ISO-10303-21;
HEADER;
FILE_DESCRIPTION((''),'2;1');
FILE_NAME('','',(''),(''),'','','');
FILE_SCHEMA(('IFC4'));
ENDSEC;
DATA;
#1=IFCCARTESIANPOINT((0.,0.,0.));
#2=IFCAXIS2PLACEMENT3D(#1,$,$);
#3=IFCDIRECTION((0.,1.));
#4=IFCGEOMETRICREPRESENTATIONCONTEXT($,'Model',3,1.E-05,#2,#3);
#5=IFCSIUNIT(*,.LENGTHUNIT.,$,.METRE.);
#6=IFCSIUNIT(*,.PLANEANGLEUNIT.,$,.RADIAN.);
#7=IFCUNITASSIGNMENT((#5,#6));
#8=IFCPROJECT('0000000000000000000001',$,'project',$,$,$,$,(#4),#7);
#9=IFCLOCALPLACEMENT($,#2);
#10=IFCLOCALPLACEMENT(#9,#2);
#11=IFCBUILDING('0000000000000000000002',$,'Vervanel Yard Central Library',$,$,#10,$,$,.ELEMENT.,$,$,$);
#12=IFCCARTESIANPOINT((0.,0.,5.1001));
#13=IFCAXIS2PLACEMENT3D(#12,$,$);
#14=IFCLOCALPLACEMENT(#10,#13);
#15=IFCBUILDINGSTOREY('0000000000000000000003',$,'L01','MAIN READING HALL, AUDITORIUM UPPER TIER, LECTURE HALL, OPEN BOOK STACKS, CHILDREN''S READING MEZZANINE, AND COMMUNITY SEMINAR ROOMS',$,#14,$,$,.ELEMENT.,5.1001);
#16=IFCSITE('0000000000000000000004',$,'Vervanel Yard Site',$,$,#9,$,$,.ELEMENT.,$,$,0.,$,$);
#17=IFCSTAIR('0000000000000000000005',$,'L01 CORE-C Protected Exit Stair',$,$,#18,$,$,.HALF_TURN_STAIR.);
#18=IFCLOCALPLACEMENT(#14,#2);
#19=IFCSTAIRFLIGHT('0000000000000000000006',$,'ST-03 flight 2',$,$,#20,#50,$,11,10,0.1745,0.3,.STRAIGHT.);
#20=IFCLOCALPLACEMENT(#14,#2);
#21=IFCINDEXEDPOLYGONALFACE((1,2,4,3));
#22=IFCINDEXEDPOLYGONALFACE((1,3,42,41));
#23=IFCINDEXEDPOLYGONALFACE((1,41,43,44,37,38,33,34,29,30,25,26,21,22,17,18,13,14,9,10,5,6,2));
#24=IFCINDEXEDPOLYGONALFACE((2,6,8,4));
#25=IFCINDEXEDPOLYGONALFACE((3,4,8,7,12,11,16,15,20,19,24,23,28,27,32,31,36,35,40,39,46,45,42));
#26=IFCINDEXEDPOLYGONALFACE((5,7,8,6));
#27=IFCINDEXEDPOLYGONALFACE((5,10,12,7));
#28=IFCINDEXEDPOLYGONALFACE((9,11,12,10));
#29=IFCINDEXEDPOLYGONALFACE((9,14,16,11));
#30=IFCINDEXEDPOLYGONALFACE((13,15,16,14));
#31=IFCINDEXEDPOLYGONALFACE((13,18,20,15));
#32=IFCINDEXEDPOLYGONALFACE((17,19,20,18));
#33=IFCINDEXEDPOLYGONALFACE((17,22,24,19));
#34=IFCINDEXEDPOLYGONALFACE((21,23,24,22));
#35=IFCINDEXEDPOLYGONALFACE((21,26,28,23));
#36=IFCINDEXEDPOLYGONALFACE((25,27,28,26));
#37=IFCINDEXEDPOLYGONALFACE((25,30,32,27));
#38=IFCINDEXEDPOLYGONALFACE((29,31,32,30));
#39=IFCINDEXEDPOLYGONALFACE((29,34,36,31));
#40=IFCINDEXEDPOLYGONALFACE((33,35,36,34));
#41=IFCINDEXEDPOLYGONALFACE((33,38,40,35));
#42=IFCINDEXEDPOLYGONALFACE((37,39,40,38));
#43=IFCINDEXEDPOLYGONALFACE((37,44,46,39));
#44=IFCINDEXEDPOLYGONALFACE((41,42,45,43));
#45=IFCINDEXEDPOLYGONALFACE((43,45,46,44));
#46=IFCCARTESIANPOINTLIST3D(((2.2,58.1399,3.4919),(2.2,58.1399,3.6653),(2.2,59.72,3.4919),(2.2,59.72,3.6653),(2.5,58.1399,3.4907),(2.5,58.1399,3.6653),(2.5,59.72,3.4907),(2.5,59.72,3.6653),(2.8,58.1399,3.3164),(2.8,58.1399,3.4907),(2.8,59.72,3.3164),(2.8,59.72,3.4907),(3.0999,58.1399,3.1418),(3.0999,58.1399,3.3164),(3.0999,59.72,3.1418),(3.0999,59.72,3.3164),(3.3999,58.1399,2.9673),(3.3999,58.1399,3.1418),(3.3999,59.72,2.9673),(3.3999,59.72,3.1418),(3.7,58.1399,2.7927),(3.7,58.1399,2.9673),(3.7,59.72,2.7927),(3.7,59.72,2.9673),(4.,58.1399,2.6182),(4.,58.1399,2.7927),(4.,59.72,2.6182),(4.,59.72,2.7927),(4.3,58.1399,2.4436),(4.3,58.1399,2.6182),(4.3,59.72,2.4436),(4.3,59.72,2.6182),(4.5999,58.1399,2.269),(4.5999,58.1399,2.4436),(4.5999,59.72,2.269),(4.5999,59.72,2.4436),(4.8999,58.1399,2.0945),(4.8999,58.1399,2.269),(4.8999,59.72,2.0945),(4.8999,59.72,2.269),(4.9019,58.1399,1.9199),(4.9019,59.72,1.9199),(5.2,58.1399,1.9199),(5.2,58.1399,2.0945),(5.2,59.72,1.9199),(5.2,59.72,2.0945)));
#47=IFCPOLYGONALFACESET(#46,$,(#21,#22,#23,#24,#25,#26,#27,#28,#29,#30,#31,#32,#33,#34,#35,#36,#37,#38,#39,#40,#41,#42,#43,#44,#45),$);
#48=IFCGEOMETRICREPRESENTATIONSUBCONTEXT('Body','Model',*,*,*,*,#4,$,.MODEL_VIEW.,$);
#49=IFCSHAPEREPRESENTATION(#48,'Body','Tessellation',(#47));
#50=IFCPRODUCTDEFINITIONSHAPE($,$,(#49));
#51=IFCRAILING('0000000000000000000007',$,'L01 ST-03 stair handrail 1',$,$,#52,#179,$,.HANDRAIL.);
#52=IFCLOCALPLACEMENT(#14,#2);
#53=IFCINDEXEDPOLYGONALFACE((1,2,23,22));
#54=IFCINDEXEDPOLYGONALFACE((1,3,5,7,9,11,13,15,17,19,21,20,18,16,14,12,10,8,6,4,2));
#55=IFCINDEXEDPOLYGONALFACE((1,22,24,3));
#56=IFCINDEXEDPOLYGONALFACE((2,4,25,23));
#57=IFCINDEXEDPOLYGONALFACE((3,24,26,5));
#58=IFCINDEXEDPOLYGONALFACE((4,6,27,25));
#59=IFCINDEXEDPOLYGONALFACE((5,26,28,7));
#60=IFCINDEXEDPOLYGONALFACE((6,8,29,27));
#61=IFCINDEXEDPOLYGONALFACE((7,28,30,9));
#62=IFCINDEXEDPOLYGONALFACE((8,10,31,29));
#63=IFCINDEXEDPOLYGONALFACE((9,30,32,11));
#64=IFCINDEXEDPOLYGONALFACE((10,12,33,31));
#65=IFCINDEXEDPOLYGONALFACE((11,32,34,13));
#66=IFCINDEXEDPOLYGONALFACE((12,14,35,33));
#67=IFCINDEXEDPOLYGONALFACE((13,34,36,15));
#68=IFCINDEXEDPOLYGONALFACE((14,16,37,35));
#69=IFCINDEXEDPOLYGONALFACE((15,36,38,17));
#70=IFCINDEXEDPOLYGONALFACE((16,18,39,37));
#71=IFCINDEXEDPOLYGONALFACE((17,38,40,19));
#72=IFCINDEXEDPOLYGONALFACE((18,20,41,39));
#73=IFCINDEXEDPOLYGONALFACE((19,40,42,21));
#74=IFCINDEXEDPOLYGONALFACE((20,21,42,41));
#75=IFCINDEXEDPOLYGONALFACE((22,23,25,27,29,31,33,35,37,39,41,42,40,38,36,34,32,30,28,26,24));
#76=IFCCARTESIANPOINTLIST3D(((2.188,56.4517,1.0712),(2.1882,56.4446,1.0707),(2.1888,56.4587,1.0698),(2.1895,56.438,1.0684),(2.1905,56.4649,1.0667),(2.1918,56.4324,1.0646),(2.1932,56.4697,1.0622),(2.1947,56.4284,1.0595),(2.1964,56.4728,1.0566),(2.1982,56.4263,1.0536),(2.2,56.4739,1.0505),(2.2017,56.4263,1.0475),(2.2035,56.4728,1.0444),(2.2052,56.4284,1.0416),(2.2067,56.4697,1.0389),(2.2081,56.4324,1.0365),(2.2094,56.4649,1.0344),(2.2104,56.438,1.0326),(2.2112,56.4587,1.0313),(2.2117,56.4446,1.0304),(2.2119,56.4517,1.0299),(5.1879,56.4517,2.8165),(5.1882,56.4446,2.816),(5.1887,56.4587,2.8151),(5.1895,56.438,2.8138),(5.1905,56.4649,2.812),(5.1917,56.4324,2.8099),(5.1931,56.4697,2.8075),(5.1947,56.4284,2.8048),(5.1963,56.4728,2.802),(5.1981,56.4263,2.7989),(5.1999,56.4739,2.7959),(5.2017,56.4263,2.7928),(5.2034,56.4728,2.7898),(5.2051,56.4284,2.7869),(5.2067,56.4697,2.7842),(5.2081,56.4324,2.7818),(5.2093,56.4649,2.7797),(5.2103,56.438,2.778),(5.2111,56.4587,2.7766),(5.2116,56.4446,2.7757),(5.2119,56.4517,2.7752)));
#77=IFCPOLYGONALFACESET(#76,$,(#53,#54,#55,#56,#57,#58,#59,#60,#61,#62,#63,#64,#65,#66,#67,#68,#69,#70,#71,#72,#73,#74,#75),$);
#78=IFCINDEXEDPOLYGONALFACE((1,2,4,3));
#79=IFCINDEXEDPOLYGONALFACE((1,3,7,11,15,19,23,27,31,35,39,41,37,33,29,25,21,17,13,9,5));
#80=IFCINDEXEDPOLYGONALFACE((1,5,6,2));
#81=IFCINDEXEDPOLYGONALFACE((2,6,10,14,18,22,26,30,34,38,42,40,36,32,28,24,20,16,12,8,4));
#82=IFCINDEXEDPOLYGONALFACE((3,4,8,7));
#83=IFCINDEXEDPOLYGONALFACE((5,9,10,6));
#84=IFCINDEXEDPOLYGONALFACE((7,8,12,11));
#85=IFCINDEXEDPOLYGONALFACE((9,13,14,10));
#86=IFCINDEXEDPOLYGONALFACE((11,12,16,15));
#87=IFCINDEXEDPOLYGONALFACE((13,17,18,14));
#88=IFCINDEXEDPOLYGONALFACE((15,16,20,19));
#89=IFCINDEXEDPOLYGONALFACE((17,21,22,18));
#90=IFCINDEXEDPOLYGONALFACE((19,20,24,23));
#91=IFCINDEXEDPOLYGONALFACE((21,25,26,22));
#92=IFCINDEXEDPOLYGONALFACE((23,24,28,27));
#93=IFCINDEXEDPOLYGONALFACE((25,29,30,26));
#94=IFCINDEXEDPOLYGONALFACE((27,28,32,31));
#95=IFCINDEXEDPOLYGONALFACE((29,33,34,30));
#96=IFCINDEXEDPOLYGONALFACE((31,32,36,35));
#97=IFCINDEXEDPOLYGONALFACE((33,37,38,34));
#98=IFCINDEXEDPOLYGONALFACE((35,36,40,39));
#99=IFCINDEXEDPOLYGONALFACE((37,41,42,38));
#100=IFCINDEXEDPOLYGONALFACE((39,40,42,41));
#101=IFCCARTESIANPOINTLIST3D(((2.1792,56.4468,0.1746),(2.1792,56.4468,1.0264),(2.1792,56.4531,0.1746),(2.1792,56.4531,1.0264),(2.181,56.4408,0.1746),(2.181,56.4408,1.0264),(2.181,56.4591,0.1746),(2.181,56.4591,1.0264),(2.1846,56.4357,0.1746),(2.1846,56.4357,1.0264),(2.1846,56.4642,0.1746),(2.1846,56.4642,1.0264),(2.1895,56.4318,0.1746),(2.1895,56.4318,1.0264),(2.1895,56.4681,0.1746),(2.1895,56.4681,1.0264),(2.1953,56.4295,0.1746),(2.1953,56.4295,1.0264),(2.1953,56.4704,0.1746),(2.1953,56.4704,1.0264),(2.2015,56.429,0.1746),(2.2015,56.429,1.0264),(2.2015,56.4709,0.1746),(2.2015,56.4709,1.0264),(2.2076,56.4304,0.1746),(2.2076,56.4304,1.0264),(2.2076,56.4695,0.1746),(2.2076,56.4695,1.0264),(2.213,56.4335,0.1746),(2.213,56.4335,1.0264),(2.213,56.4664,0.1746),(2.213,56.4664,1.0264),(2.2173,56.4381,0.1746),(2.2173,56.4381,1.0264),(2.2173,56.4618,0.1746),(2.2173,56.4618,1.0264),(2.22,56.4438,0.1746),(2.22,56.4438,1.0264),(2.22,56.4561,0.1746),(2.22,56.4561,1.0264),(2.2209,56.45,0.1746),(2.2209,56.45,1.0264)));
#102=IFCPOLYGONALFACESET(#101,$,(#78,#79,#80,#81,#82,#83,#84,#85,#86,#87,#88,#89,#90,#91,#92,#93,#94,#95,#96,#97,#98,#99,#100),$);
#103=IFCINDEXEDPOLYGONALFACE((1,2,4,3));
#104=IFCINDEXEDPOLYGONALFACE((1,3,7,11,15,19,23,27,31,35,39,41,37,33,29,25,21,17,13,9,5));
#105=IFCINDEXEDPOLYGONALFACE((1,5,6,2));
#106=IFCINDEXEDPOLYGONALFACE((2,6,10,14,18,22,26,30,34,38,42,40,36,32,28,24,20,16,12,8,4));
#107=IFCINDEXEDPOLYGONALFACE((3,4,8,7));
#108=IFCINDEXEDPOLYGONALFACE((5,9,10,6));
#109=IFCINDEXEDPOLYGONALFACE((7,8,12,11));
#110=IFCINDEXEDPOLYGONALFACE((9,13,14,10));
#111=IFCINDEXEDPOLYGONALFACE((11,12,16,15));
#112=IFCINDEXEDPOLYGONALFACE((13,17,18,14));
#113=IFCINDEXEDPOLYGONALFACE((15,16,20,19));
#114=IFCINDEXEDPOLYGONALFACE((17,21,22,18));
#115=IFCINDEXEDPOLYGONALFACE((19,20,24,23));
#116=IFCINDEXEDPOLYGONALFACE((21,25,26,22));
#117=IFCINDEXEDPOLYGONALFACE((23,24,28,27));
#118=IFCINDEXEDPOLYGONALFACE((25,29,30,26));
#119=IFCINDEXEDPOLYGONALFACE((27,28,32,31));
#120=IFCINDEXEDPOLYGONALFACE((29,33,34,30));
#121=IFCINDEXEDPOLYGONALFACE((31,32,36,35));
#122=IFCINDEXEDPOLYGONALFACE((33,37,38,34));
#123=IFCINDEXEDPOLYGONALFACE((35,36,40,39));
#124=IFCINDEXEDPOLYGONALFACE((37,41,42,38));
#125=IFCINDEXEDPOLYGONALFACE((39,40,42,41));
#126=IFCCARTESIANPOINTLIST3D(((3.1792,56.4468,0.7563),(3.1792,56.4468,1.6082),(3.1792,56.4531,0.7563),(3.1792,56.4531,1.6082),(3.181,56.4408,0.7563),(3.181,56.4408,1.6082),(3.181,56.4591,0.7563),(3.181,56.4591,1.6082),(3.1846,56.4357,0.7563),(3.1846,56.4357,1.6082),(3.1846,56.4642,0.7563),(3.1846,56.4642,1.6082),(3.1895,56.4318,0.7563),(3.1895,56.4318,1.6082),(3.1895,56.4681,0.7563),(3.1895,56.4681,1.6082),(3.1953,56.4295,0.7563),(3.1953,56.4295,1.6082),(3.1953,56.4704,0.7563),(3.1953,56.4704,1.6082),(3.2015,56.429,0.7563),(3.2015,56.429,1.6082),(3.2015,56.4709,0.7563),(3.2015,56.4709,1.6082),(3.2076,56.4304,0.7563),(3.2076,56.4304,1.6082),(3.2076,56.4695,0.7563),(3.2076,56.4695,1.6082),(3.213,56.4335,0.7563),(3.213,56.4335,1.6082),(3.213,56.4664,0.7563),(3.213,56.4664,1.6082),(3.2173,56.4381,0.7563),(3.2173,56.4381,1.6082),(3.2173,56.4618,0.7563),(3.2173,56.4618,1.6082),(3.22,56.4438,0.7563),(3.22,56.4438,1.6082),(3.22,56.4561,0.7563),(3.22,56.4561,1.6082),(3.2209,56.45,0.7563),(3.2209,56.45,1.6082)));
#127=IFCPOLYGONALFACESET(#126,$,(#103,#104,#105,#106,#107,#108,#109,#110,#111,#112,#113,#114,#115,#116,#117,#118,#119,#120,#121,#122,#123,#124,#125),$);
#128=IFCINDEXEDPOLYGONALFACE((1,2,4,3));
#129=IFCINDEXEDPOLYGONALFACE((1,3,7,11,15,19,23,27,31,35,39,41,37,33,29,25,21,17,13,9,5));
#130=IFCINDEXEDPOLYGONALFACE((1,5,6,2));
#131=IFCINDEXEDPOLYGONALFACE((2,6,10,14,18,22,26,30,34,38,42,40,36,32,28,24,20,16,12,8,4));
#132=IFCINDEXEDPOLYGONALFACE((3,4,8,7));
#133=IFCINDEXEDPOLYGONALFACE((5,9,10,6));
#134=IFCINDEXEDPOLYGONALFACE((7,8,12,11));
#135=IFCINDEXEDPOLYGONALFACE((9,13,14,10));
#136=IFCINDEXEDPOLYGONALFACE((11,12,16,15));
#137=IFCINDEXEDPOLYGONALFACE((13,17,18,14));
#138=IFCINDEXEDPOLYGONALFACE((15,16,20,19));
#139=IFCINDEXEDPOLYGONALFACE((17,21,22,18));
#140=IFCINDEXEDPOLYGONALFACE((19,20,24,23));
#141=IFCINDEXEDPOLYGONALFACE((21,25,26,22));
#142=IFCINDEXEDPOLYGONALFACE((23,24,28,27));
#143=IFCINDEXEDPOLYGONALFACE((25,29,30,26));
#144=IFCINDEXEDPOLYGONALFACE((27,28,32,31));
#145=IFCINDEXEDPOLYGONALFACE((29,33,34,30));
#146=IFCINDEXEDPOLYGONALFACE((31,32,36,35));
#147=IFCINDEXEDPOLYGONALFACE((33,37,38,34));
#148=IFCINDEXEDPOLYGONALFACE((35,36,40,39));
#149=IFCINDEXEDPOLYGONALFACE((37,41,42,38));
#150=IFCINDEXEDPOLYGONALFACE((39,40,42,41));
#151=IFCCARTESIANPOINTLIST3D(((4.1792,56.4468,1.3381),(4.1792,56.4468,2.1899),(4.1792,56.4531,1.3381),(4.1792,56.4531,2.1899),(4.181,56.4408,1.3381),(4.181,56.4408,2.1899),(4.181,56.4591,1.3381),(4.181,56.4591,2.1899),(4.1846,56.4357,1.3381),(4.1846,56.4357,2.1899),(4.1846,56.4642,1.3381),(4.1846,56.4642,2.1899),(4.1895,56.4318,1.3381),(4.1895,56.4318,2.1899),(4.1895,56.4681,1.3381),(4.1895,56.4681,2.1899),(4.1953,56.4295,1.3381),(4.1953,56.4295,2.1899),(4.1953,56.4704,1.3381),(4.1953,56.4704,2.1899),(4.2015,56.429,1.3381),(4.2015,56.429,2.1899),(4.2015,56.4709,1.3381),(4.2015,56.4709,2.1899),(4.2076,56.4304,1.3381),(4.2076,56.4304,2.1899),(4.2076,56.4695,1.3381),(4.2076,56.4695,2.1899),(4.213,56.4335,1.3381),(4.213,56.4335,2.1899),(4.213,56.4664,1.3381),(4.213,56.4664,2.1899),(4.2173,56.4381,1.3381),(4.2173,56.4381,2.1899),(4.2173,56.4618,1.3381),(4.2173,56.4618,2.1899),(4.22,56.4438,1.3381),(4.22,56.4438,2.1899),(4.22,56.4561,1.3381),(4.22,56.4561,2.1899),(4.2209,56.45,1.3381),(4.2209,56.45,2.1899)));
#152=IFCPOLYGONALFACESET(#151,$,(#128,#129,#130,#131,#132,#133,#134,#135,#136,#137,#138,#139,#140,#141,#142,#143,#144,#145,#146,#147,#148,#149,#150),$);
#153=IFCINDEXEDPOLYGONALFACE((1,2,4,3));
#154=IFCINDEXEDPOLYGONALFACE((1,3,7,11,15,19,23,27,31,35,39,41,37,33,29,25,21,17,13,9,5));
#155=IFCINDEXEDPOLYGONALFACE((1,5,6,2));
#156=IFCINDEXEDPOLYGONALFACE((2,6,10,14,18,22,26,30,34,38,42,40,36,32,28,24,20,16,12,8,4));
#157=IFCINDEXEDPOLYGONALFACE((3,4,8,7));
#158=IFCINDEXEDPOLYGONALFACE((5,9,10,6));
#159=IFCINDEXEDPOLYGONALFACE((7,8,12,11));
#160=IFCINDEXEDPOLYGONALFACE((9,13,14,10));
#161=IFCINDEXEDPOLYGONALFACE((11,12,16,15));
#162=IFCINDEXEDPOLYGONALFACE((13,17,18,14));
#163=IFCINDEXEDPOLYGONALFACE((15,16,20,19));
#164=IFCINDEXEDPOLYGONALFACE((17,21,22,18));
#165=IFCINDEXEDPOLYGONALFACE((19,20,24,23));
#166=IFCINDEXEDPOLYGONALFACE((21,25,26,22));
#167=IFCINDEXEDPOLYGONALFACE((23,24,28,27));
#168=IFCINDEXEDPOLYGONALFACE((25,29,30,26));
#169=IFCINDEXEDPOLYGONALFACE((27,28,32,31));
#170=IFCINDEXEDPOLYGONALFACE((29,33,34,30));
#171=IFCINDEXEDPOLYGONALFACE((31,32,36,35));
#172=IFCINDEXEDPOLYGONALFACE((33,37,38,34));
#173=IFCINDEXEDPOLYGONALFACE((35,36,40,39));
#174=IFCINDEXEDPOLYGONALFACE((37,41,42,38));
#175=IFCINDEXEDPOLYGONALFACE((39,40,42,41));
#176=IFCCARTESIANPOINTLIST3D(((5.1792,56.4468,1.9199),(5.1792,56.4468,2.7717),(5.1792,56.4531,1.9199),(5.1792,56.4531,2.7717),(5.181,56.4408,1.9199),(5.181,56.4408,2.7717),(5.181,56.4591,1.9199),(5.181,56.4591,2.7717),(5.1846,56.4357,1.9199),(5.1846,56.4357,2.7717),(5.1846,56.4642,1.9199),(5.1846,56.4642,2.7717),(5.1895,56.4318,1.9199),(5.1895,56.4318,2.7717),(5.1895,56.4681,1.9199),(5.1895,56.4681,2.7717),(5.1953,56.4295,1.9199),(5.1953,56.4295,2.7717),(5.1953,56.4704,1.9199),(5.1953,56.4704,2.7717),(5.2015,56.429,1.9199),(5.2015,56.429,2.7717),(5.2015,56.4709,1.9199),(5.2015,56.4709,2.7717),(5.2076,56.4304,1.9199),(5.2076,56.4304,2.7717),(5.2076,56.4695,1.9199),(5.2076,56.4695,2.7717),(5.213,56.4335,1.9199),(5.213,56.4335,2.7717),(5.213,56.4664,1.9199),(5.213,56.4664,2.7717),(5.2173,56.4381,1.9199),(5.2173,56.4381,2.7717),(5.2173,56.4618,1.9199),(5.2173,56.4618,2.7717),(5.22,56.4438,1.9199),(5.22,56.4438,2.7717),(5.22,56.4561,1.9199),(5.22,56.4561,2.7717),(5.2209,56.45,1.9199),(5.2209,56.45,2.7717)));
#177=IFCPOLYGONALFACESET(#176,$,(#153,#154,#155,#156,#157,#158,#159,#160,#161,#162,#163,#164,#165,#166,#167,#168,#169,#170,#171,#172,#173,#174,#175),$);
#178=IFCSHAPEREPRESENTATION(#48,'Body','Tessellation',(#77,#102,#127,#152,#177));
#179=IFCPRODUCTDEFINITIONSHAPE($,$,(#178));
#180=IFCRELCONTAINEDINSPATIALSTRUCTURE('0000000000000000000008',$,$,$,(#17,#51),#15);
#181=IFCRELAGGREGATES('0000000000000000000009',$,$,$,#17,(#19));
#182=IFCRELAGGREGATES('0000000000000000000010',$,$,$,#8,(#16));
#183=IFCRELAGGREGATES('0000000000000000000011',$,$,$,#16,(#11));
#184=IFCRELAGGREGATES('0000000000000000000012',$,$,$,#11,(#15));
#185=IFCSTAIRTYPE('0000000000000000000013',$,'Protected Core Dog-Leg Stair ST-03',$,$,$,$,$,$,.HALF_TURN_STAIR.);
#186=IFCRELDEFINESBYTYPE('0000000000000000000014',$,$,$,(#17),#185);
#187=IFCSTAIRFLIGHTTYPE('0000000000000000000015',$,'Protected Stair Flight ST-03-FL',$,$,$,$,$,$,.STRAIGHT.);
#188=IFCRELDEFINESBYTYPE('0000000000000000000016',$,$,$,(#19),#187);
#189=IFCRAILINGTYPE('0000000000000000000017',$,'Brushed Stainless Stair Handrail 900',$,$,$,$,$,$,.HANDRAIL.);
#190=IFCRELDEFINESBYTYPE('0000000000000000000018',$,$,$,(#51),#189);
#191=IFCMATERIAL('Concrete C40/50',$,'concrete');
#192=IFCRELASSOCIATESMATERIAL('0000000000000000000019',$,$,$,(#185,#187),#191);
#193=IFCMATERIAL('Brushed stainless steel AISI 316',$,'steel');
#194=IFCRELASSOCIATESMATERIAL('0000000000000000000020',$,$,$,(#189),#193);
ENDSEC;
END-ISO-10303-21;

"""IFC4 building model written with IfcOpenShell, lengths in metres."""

from ifc_helpers import new_model, si_unit, direction, frame, origin, origin_2d, place, context, subcontext, project, spatial, polyline, circle, outline, extrude, material, type_object, element, aggregate, save


model = new_model("IFC4")

# Units and contexts
model_context = context("Model", 3, precision=1e-05, world=origin(), true_north=direction((0.0, 1.0)))
body_context = subcontext(model_context, "Body", "Model", "MODEL_VIEW")
ifc_project = project(units=[si_unit("LENGTHUNIT", "METRE"), si_unit("PLANEANGLEUNIT", "RADIAN")], contexts=[model_context])

# Site, building, storey
site_placement = place(None, origin())
site = spatial("IfcSite", under=ifc_project, at=site_placement, Name="Vervanel Yard Site", CompositionType="ELEMENT", RefElevation=0.0)
building_placement = place(site_placement, origin())
building = spatial("IfcBuilding", under=site, at=building_placement, Name="Vervanel Yard Central Library", CompositionType="ELEMENT")
storey_placement = place(building_placement, frame((0.0, 0.0, 5.1001)))
storey = spatial("IfcBuildingStorey", under=building, at=storey_placement, Name="L01", Description="MAIN READING HALL, AUDITORIUM UPPER TIER, LECTURE HALL, OPEN BOOK STACKS, CHILDREN'S READING MEZZANINE, AND COMMUNITY SEMINAR ROOMS", CompositionType="ELEMENT", Elevation=5.1001)

# Shared definitions
ifc_material_1 = material(Name="Concrete C40/50", Category="concrete")

# Stair, stair flight
stair_type = type_object("IfcStairType", Name="Protected Core Dog-Leg Stair ST-03", PredefinedType="HALF_TURN_STAIR", material=ifc_material_1)
stair_placement = place(storey_placement, origin())
stair = element("IfcStair", 1, at=stair_placement, inside=storey, type_object=stair_type, Name="L01 CORE-C Protected Exit Stair", PredefinedType="HALF_TURN_STAIR")
stair_flight_type = type_object("IfcStairFlightType", Name="Protected Stair Flight ST-03-FL", PredefinedType="STRAIGHT", material=ifc_material_1)
stair_flight_1_placement = place(storey_placement, frame((5.2, 58.9299, 1.9199), z_axis=(0.0, 0.0, 1.0), x_axis=(-1.0, 0.0, 0.0)))
stair_flight_1 = element("IfcStairFlight", 2, at=stair_flight_1_placement, type_object=stair_flight_type, Name="ST-03 flight 2", NumberOfRisers=11, NumberOfTreads=10, PredefinedType="STRAIGHT", RiserHeight=0.1745, TreadLength=0.3, context=body_context, shape_type="SweptSolid", body=[
    extrude(outline(polyline([(0.0, 0.0), (0.0, 0.1746), (0.3, 0.1746), (0.3, 0.3491), (0.6001, 0.3491), (0.6001, 0.5237), (0.8999, 0.5237), (0.8999, 0.6982), (1.2, 0.6982), (1.2, 0.8728), (1.5, 0.8728), (1.5, 1.0474), (1.8, 1.0474), (1.8, 1.2219), (2.1001, 1.2219), (2.1001, 1.3965), (2.3999, 1.3965), (2.3999, 1.5708), (2.7, 1.5708), (2.7, 1.7454), (3.0, 1.7454), (3.0, 1.9199), (3.0, 1.572), (0.2981, 0.0), (0.0, 0.0)])), frame((0.0, 0.79, 0.0), z_axis=(0.0, -1.0, 0.0), x_axis=(1.0, 0.0, 0.0)), (0.0, 0.0, 1.0), 1.5801),
])
aggregate(stair, [stair_flight_1])

# Railing
ifc_material_2 = material(Name="Brushed stainless steel AISI 316", Category="steel")
railing_type_1 = type_object("IfcRailingType", Name="Brushed Stainless Stair Handrail 900", PredefinedType="HANDRAIL", material=ifc_material_2)
railing_1_placement = place(storey_placement, frame((2.2, 56.45, 0.1746)))
element("IfcRailing", 3, at=railing_1_placement, inside=storey, type_object=railing_type_1, Name="L01 ST-03 stair handrail 1", PredefinedType="HANDRAIL", context=body_context, shape_type="SweptSolid", body=[
    extrude(circle(Radius=0.0239, at=origin_2d()), frame((0.0, 0.0, 0.876), z_axis=(0.86436, 0.0, 0.502874), x_axis=(0.0, 1.0, 0.0)), (0.0, 0.0, 1.0), 3.4707),
    extrude(circle(Radius=0.021, at=origin_2d()), origin(), (0.0, 0.0, 1.0), 0.8518),
    extrude(circle(Radius=0.021, at=origin_2d()), frame((1.0, 0.0, 0.5818)), (0.0, 0.0, 1.0), 0.8518),
    extrude(circle(Radius=0.021, at=origin_2d()), frame((2.0, 0.0, 1.1636)), (0.0, 0.0, 1.0), 0.8518),
    extrude(circle(Radius=0.021, at=origin_2d()), frame((3.0, 0.0, 1.7454)), (0.0, 0.0, 1.0), 0.8518),
])

save(model, "model.ifc")
